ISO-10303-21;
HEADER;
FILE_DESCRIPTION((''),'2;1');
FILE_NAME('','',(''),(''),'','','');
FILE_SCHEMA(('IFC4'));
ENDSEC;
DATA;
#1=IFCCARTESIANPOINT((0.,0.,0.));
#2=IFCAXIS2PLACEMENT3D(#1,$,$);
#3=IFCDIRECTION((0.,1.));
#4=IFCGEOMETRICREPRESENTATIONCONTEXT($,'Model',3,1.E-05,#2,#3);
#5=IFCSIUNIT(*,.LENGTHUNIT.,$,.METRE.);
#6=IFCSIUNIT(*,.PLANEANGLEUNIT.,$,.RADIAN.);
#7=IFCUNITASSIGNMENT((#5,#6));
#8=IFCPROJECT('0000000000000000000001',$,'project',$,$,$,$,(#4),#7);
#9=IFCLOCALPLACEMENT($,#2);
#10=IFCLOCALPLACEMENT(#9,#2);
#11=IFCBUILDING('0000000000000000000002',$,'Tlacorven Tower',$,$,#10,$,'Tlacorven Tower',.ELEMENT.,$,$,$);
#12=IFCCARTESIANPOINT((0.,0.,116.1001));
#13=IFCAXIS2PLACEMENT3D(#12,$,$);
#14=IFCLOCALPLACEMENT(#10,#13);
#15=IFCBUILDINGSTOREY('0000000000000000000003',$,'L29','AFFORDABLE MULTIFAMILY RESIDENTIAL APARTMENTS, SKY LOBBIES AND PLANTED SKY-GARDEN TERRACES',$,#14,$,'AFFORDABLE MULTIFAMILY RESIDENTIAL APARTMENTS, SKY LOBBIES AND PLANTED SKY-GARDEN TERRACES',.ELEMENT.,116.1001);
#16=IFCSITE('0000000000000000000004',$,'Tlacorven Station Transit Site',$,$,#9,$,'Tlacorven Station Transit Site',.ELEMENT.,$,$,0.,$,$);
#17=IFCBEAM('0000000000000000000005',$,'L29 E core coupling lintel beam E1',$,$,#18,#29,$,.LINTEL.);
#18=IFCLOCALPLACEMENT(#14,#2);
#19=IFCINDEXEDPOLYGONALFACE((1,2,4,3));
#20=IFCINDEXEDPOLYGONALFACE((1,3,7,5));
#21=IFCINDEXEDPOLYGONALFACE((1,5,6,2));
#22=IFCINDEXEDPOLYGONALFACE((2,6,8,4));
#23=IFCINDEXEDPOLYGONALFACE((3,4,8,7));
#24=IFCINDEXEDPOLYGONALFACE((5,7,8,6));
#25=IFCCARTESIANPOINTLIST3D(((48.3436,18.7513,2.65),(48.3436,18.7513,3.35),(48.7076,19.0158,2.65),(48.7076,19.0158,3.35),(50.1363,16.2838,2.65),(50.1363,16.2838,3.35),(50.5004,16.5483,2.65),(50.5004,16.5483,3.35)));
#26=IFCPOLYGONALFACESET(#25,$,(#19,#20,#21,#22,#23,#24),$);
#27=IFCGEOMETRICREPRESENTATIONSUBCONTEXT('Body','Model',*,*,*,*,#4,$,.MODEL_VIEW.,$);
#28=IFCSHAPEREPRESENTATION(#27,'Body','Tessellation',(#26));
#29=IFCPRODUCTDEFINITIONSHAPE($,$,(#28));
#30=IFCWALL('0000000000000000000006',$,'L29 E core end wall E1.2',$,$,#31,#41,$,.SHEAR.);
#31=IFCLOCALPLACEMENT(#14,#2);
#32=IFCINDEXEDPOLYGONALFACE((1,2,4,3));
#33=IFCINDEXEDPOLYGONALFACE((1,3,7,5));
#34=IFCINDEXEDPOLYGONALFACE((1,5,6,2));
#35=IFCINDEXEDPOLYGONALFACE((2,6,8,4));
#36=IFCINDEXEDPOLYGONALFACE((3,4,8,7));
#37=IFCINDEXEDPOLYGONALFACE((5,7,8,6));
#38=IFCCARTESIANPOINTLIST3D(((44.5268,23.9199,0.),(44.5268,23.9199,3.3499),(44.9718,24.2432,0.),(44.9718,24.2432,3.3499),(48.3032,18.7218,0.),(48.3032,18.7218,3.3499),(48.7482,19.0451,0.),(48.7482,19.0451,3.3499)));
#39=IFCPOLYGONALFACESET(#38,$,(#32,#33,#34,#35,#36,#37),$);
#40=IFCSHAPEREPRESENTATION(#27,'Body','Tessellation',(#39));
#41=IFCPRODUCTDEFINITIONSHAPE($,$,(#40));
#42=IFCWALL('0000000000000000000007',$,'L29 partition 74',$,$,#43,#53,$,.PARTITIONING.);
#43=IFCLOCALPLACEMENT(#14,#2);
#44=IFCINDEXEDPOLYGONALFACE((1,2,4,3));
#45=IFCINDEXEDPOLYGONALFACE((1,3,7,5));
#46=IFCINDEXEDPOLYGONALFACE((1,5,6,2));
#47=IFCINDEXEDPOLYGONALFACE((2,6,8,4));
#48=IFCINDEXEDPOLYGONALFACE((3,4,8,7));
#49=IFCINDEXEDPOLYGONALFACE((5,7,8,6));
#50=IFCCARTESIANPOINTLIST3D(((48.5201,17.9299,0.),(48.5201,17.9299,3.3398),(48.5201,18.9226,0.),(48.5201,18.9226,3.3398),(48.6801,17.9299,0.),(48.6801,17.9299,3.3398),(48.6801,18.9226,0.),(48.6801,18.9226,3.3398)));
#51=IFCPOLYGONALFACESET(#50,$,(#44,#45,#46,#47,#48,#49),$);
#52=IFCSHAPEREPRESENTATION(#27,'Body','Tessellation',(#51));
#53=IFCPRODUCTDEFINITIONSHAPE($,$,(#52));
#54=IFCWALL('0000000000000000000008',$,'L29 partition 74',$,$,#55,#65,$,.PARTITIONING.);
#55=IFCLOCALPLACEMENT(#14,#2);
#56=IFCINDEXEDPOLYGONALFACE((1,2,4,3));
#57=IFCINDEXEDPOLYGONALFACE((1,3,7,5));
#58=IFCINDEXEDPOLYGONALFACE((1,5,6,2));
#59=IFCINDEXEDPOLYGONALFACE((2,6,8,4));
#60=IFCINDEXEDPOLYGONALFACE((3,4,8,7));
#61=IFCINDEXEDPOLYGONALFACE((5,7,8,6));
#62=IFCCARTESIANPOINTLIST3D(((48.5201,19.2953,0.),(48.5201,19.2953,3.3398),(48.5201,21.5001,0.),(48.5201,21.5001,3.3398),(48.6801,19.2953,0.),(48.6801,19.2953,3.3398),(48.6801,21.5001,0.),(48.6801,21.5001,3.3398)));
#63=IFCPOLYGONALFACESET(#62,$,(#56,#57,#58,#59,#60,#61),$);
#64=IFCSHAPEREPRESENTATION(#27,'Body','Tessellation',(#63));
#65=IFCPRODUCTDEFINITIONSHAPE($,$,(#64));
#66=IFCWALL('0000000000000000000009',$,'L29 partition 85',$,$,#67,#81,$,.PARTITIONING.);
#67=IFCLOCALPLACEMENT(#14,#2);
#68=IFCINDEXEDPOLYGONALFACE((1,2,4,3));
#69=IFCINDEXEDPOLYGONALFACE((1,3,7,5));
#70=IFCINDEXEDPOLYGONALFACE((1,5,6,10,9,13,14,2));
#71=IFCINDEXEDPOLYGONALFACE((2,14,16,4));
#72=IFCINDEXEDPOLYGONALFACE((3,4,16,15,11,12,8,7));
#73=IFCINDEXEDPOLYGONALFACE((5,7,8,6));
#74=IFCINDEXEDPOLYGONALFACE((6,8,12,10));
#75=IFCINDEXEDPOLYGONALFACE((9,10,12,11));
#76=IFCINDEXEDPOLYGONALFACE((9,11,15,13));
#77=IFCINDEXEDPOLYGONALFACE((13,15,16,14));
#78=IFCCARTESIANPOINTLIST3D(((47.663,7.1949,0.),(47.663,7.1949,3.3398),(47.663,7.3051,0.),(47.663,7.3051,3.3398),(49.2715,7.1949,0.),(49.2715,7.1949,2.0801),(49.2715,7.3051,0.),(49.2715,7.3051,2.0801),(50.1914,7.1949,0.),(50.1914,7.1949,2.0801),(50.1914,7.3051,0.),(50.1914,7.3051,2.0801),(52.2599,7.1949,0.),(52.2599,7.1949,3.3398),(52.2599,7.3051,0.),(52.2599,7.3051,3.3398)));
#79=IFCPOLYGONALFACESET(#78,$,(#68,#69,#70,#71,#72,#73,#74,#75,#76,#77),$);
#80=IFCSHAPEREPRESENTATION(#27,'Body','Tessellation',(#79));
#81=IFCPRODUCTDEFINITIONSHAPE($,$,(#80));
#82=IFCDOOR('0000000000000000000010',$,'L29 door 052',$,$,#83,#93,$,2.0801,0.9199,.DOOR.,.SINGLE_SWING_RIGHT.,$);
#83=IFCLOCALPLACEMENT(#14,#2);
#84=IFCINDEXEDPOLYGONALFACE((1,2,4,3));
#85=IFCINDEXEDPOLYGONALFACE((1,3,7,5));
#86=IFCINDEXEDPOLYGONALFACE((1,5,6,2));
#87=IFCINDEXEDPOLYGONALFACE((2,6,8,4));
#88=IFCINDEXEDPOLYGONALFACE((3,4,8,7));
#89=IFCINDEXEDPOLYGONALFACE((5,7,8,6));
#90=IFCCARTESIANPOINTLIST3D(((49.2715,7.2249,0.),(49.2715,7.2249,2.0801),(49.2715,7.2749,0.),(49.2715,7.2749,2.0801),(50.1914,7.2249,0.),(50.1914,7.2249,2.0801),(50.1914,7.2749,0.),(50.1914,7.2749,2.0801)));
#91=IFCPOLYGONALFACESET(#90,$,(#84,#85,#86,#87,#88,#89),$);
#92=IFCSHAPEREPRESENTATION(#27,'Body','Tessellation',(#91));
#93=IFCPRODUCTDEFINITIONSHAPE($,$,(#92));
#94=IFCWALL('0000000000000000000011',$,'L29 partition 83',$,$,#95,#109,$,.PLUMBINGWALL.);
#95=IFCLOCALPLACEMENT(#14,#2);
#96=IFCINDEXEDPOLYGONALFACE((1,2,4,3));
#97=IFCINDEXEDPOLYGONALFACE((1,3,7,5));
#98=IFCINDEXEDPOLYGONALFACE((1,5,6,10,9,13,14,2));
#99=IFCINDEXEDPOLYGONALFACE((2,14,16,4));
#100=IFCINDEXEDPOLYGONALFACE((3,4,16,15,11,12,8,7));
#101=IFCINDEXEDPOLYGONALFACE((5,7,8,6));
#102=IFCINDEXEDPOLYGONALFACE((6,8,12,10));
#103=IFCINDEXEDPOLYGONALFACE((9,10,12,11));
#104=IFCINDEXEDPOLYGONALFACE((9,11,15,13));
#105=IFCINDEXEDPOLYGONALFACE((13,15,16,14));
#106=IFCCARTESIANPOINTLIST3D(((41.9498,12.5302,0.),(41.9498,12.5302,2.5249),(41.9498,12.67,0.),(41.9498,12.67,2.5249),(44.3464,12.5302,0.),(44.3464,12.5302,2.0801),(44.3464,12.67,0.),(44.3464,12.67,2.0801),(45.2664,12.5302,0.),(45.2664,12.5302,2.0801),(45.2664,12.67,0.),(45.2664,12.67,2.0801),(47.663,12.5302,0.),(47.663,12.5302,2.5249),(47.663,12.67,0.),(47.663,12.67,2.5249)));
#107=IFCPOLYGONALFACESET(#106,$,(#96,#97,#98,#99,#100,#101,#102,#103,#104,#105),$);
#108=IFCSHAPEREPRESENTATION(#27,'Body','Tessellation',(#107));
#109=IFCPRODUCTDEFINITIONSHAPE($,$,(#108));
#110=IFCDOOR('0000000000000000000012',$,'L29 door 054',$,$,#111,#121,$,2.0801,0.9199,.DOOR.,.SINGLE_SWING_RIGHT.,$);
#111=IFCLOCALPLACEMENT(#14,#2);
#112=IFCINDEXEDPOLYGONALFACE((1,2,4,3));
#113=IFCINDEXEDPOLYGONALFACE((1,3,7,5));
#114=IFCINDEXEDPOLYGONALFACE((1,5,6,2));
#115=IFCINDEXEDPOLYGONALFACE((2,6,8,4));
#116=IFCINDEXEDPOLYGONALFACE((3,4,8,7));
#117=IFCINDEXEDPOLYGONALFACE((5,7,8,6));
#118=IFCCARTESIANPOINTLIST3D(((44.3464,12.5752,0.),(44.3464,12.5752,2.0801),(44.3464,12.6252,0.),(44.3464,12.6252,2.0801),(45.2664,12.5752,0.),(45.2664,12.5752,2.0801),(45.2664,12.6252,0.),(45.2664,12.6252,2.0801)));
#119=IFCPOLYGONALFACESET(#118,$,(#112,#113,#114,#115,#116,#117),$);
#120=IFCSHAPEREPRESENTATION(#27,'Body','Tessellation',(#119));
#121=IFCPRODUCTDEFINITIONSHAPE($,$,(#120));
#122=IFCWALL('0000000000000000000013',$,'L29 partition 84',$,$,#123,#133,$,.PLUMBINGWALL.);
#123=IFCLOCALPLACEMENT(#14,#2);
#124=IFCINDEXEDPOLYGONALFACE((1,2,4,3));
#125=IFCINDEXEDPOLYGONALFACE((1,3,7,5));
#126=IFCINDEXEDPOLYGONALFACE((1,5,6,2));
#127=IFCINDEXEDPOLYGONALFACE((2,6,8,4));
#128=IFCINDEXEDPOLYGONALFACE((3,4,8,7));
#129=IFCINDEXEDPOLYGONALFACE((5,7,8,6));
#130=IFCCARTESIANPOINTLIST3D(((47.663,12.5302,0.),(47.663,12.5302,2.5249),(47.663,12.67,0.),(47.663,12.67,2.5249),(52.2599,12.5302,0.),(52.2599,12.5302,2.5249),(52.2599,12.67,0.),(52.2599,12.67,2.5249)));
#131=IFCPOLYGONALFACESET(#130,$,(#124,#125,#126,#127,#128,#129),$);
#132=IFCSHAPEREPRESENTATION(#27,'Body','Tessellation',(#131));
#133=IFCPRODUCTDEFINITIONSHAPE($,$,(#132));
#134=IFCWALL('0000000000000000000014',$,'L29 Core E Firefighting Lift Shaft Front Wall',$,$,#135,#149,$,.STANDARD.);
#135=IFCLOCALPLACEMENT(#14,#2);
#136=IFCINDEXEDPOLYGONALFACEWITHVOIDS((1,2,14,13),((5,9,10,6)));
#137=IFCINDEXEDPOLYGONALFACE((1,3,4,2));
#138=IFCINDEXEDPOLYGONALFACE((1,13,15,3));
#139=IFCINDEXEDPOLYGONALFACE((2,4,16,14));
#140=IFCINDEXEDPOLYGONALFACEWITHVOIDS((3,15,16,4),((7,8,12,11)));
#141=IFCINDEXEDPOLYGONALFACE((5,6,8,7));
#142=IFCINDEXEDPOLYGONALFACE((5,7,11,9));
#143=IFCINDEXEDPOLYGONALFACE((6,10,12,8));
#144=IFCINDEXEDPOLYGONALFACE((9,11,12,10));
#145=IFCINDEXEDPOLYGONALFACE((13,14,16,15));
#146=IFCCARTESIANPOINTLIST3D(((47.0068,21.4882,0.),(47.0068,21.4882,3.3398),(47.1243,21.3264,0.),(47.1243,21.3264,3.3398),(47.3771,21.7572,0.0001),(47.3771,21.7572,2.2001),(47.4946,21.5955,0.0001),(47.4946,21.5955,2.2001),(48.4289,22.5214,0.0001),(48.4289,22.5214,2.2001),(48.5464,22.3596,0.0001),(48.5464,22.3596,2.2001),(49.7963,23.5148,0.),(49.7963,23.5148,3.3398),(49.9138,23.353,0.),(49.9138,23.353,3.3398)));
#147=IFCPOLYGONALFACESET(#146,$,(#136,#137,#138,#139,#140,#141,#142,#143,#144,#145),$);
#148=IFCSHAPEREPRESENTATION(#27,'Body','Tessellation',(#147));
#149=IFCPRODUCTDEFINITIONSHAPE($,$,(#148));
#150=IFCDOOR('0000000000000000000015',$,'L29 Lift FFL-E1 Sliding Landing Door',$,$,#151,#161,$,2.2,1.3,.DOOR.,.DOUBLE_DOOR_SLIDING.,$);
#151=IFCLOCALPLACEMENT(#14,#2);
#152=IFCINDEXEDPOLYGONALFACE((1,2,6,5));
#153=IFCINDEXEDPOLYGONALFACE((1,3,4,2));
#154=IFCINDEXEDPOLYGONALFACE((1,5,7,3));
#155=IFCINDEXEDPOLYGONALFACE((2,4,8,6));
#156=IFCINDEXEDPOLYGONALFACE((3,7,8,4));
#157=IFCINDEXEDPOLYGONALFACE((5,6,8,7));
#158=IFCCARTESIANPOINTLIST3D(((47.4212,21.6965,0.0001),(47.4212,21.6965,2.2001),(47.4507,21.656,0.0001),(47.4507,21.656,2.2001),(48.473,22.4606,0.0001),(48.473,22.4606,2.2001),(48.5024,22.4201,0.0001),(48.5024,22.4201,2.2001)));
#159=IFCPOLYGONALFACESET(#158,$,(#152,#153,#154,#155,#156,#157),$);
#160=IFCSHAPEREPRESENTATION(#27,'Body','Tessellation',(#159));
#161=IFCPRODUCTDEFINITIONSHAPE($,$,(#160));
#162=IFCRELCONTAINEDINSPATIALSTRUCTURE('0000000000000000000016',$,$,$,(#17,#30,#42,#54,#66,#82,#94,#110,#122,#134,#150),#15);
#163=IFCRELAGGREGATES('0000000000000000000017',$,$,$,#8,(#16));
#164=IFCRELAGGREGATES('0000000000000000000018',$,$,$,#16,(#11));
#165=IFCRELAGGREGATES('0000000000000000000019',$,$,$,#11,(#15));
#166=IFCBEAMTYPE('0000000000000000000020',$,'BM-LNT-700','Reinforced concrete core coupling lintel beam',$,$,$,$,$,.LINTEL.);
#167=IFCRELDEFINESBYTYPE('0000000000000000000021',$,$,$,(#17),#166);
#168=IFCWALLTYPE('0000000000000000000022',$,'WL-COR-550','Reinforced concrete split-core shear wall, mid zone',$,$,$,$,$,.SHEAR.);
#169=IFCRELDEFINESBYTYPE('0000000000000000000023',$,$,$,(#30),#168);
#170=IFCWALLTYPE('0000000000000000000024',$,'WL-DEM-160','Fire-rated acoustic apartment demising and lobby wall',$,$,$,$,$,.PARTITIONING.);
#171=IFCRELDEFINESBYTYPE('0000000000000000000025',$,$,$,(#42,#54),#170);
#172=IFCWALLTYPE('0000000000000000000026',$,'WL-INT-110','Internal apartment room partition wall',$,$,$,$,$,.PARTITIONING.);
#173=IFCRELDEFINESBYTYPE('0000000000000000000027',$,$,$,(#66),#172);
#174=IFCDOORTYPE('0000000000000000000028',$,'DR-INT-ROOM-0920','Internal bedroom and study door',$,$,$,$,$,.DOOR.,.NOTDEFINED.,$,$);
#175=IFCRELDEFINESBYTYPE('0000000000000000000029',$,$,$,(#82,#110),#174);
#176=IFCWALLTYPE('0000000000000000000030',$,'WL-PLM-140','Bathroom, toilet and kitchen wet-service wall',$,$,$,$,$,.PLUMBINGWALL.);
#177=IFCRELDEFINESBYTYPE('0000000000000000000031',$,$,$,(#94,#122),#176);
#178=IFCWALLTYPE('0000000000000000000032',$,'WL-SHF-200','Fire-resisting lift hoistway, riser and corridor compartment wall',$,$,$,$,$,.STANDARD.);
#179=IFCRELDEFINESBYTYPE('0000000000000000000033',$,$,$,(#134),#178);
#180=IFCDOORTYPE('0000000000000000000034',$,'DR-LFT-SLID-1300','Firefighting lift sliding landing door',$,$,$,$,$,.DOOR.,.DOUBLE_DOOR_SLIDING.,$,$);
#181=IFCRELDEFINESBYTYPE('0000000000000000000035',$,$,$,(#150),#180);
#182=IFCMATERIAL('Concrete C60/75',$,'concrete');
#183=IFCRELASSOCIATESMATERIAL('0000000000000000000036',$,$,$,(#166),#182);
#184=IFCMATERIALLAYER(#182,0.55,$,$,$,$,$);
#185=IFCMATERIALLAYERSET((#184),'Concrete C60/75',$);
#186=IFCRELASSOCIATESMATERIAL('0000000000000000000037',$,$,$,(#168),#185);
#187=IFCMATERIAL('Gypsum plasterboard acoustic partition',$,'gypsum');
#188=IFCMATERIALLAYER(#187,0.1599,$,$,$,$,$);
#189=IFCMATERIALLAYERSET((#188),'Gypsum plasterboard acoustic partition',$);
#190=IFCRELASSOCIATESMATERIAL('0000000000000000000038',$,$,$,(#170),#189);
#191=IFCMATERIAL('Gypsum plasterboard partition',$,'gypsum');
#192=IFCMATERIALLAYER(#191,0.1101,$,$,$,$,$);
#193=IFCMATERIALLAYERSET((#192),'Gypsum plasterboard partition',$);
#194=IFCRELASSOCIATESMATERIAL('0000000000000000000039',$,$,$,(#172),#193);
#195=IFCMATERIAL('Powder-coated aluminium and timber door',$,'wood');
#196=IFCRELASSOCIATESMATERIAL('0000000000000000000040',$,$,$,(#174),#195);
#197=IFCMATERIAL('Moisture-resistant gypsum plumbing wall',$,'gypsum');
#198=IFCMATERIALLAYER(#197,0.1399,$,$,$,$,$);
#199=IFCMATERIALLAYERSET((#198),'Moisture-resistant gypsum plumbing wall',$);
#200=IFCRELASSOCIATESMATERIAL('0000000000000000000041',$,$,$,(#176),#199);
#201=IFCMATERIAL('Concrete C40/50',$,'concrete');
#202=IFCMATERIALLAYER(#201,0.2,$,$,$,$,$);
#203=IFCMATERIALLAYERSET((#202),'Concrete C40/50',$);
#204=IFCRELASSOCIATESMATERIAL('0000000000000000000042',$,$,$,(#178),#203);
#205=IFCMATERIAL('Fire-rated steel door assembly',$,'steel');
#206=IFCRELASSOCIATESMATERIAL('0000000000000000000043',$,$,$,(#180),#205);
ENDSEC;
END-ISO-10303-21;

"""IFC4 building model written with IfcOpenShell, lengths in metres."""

from ifc_helpers import new_model, si_unit, direction, frame, frame_2d, origin, origin_2d, place, context, subcontext, project, spatial, rectangle, extrude, source, transform, mapped, material, layer, layer_set, material_profile, profile_set, type_object, element, fill, save


model = new_model("IFC4")

# Units and contexts
model_context = context("Model", 3, precision=1e-05, world=origin(), true_north=direction((0.0, 1.0)))
body_context = subcontext(model_context, "Body", "Model", "MODEL_VIEW")
ifc_project = project(units=[si_unit("LENGTHUNIT", "METRE"), si_unit("PLANEANGLEUNIT", "RADIAN")], contexts=[model_context])

# Site, building, storey
site_placement = place(None, origin())
site = spatial("IfcSite", under=ifc_project, at=site_placement, Name="Tlacorven Station Transit Site", LongName="Tlacorven Station Transit Site", CompositionType="ELEMENT", RefElevation=0.0)
building_placement = place(site_placement, origin())
building = spatial("IfcBuilding", under=site, at=building_placement, Name="Tlacorven Tower", LongName="Tlacorven Tower", CompositionType="ELEMENT")
storey_placement = place(building_placement, frame((0.0, 0.0, 116.1001)))
storey = spatial("IfcBuildingStorey", under=building, at=storey_placement, Name="L29", Description="AFFORDABLE MULTIFAMILY RESIDENTIAL APARTMENTS, SKY LOBBIES AND PLANTED SKY-GARDEN TERRACES", LongName="AFFORDABLE MULTIFAMILY RESIDENTIAL APARTMENTS, SKY LOBBIES AND PLANTED SKY-GARDEN TERRACES", CompositionType="ELEMENT", Elevation=116.1001)

# Beam
ifc_material_1 = material(Name="Concrete C60/75", Category="concrete")
ifc_material_profile = material_profile(ifc_material_1, rectangle(XDim=0.45, YDim=0.7, at=origin_2d()), Name="RC 450X700")
ifc_profile_set = profile_set([ifc_material_profile], Name="Concrete C60/75")
beam_type = type_object("IfcBeamType", Name="BM-LNT-700", Description="Reinforced concrete core coupling lintel beam", PredefinedType="LINTEL", material=ifc_profile_set)
shared_shape_1 = source(origin(), body_context, "Body", "SweptSolid", [
    extrude(rectangle(XDim=0.45, YDim=0.7, at=origin_2d()), origin(), (0.0, 0.0, 1.0), 3.05),
])
beam_placement = place(storey_placement, frame((50.3184, 16.416, 3.0), z_axis=(-0.587777, 0.809023, 0.0), x_axis=(-0.809023, -0.587777, 0.0)))
element("IfcBeam", 1, at=beam_placement, inside=storey, type_object=beam_type, Name="L29 E core coupling lintel beam E1", PredefinedType="LINTEL", context=body_context, shape_type="MappedRepresentation", body=[
    mapped(shared_shape_1, transform((0.0, 0.0, 0.0), scale=1.0)),
])

# Walls
ifc_layer_1 = layer(ifc_material_1, 0.55)
ifc_layer_set_1 = layer_set([ifc_layer_1], Name="Concrete C60/75")
wall_type_1 = type_object("IfcWallType", Name="WL-COR-550", Description="Reinforced concrete split-core shear wall, mid zone", PredefinedType="SHEAR", material=ifc_layer_set_1)
wall_1_placement = place(storey_placement, frame((48.5256, 18.8835, 0.0), z_axis=(0.0, 0.0, 1.0), x_axis=(-0.587765, 0.809032, 0.0)))
element("IfcWall", 2, at=wall_1_placement, inside=storey, type_object=wall_type_1, Name="L29 E core end wall E1.2", PredefinedType="SHEAR", context=body_context, shape_type="SweptSolid", body=[
    extrude(rectangle(XDim=6.425, YDim=0.55, at=frame_2d((3.2124, 0.0))), origin(), (0.0, 0.0, 1.0), 3.3499),
])
ifc_material_2 = material(Name="Gypsum plasterboard acoustic partition", Category="gypsum")
ifc_layer_2 = layer(ifc_material_2, 0.1599)
ifc_layer_set_2 = layer_set([ifc_layer_2], Name="Gypsum plasterboard acoustic partition")
wall_type_2 = type_object("IfcWallType", Name="WL-DEM-160", Description="Fire-rated acoustic apartment demising and lobby wall", PredefinedType="PARTITIONING", material=ifc_layer_set_2)
wall_2_placement = place(storey_placement, frame((48.6001, 17.9299, 0.0), z_axis=(0.0, 0.0, 1.0), x_axis=(0.0, 1.0, 0.0)))
element("IfcWall", 3, at=wall_2_placement, inside=storey, type_object=wall_type_2, Name="L29 partition 74", PredefinedType="PARTITIONING", context=body_context, shape_type="SweptSolid", body=[
    extrude(rectangle(XDim=0.9927, YDim=0.1599, at=frame_2d((0.4963, 0.0))), origin(), (0.0, 0.0, 1.0), 3.3398),
])
wall_3_placement = place(storey_placement, frame((48.6001, 19.2952, 0.0), z_axis=(0.0, 0.0, 1.0), x_axis=(0.0, 1.0, 0.0)))
element("IfcWall", 4, at=wall_3_placement, inside=storey, type_object=wall_type_2, Name="L29 partition 74", PredefinedType="PARTITIONING", context=body_context, shape_type="SweptSolid", body=[
    extrude(rectangle(XDim=2.2048, YDim=0.1599, at=frame_2d((1.1025, 0.0))), origin(), (0.0, 0.0, 1.0), 3.3398),
])

# Walls, openings, doors
ifc_material_3 = material(Name="Gypsum plasterboard partition", Category="gypsum")
ifc_layer_3 = layer(ifc_material_3, 0.1101)
ifc_layer_set_3 = layer_set([ifc_layer_3], Name="Gypsum plasterboard partition")
wall_type_3 = type_object("IfcWallType", Name="WL-INT-110", Description="Internal apartment room partition wall", PredefinedType="PARTITIONING", material=ifc_layer_set_3)
wall_4_placement = place(storey_placement, frame((47.6631, 7.25, 0.0), z_axis=(0.0, 0.0, 1.0), x_axis=(1.0, 0.0, 0.0)))
wall_4 = element("IfcWall", 5, at=wall_4_placement, inside=storey, type_object=wall_type_3, Name="L29 partition 85", PredefinedType="PARTITIONING", context=body_context, shape_type="SweptSolid", body=[
    extrude(rectangle(XDim=4.5969, YDim=0.1101, at=frame_2d((2.2983, 0.0))), origin(), (0.0, 0.0, 1.0), 3.3398),
])
opening_1_placement = place(wall_4_placement, frame((1.6084, 0.0, 0.0)))
opening_1 = element("IfcOpeningElement", 6, at=opening_1_placement, cuts=wall_4, PredefinedType="OPENING", context=body_context, shape_type="SweptSolid", body=[
    extrude(rectangle(XDim=0.9199, YDim=2.0801, at=frame_2d((0.46, 1.04))), frame((0.0, 0.0649, 0.0), z_axis=(0.0, -1.0, 0.0), x_axis=(1.0, 0.0, 0.0)), (0.0, 0.0, 1.0), 0.1301),
])
ifc_material_4 = material(Name="Powder-coated aluminium and timber door", Category="wood")
door_type_1 = type_object("IfcDoorType", Name="DR-INT-ROOM-0920", Description="Internal bedroom and study door", OperationType="NOTDEFINED", PredefinedType="DOOR", material=ifc_material_4)
shared_shape_2 = source(origin(), body_context, "Body", "SweptSolid", [
    extrude(rectangle(XDim=0.9199, YDim=2.0801, at=frame_2d((0.46, 1.04))), frame((0.0, 0.0249, 0.0), z_axis=(0.0, -1.0, 0.0), x_axis=(1.0, 0.0, 0.0)), (0.0, 0.0, 1.0), 0.05),
])
door_1_placement = place(opening_1_placement, origin())
door_1 = element("IfcDoor", 7, at=door_1_placement, inside=storey, type_object=door_type_1, Name="L29 door 052", OperationType="SINGLE_SWING_RIGHT", OverallHeight=2.0801, OverallWidth=0.9199, PredefinedType="DOOR", context=body_context, shape_type="MappedRepresentation", body=[
    mapped(shared_shape_2, transform((0.0, 0.0, 0.0), scale=1.0)),
])
fill(opening_1, door_1)
ifc_material_5 = material(Name="Moisture-resistant gypsum plumbing wall", Category="gypsum")
ifc_layer_4 = layer(ifc_material_5, 0.1399)
ifc_layer_set_4 = layer_set([ifc_layer_4], Name="Moisture-resistant gypsum plumbing wall")
wall_type_4 = type_object("IfcWallType", Name="WL-PLM-140", Description="Bathroom, toilet and kitchen wet-service wall", PredefinedType="PLUMBINGWALL", material=ifc_layer_set_4)
wall_5_placement = place(storey_placement, frame((41.95, 12.6001, 0.0), z_axis=(0.0, 0.0, 1.0), x_axis=(1.0, 0.0, 0.0)))
wall_5 = element("IfcWall", 8, at=wall_5_placement, inside=storey, type_object=wall_type_4, Name="L29 partition 83", PredefinedType="PLUMBINGWALL", context=body_context, shape_type="SweptSolid", body=[
    extrude(rectangle(XDim=5.7131, YDim=0.1399, at=frame_2d((2.8564, 0.0))), origin(), (0.0, 0.0, 1.0), 2.5249),
])
opening_2_placement = place(wall_5_placement, frame((2.3965, 0.0, 0.0)))
opening_2 = element("IfcOpeningElement", 9, at=opening_2_placement, cuts=wall_5, PredefinedType="OPENING", context=body_context, shape_type="SweptSolid", body=[
    extrude(rectangle(XDim=0.9199, YDim=2.0801, at=frame_2d((0.46, 1.04))), frame((0.0, 0.0801, 0.0), z_axis=(0.0, -1.0, 0.0), x_axis=(1.0, 0.0, 0.0)), (0.0, 0.0, 1.0), 0.1599),
])
door_2_placement = place(opening_2_placement, frame((0.9199, 0.0, 0.0), z_axis=(0.0, 0.0, 1.0), x_axis=(-1.0, 0.0, 0.0)))
door_2 = element("IfcDoor", 10, at=door_2_placement, inside=storey, type_object=door_type_1, Name="L29 door 054", OperationType="SINGLE_SWING_RIGHT", OverallHeight=2.0801, OverallWidth=0.9199, PredefinedType="DOOR", context=body_context, shape_type="MappedRepresentation", body=[
    mapped(shared_shape_2, transform((0.0, 0.0, 0.0), scale=1.0)),
])
fill(opening_2, door_2)

# Wall
wall_6_placement = place(storey_placement, frame((47.6631, 12.6001, 0.0), z_axis=(0.0, 0.0, 1.0), x_axis=(1.0, 0.0, 0.0)))
element("IfcWall", 11, at=wall_6_placement, inside=storey, type_object=wall_type_4, Name="L29 partition 84", PredefinedType="PLUMBINGWALL", context=body_context, shape_type="SweptSolid", body=[
    extrude(rectangle(XDim=4.5969, YDim=0.1399, at=frame_2d((2.2983, 0.0))), origin(), (0.0, 0.0, 1.0), 2.5249),
])

# Wall, opening, door
ifc_material_6 = material(Name="Concrete C40/50", Category="concrete")
ifc_layer_5 = layer(ifc_material_6, 0.2)
ifc_layer_set_5 = layer_set([ifc_layer_5], Name="Concrete C40/50")
wall_type_5 = type_object("IfcWallType", Name="WL-SHF-200", Description="Fire-resisting lift hoistway, riser and corridor compartment wall", PredefinedType="STANDARD", material=ifc_layer_set_5)
wall_7_placement = place(storey_placement, frame((47.0654, 21.4072, 0.0), z_axis=(0.0, 0.0, 1.0), x_axis=(0.809033, 0.587763, 0.0)))
wall_7 = element("IfcWall", 12, at=wall_7_placement, inside=storey, type_object=wall_type_5, Name="L29 Core E Firefighting Lift Shaft Front Wall", PredefinedType="STANDARD", context=body_context, shape_type="SweptSolid", body=[
    extrude(rectangle(XDim=3.448, YDim=0.2, at=frame_2d((1.7241, 0.0))), origin(), (0.0, 0.0, 1.0), 3.3398),
])
opening_3_placement = place(wall_7_placement, frame((0.458, 0.0, 0.0)))
opening_3 = element("IfcOpeningElement", 13, at=opening_3_placement, cuts=wall_7, PredefinedType="OPENING", context=body_context, shape_type="SweptSolid", body=[
    extrude(rectangle(XDim=1.3, YDim=2.2, at=frame_2d((0.6499, 1.1001))), frame((0.0, 0.1099, 0.0), z_axis=(0.0, -1.0, 0.0), x_axis=(1.0, 0.0, 0.0)), (0.0, 0.0, 1.0), 0.22),
])
ifc_material_7 = material(Name="Fire-rated steel door assembly", Category="steel")
door_type_2 = type_object("IfcDoorType", Name="DR-LFT-SLID-1300", Description="Firefighting lift sliding landing door", OperationType="DOUBLE_DOOR_SLIDING", PredefinedType="DOOR", material=ifc_material_7)
shared_shape_3 = source(origin(), body_context, "Body", "SweptSolid", [
    extrude(rectangle(XDim=1.3, YDim=2.2, at=frame_2d((0.6499, 1.1001))), frame((0.0, 0.0249, 0.0), z_axis=(0.0, -1.0, 0.0), x_axis=(1.0, 0.0, 0.0)), (0.0, 0.0, 1.0), 0.05),
])
door_3_placement = place(opening_3_placement, origin())
door_3 = element("IfcDoor", 14, at=door_3_placement, inside=storey, type_object=door_type_2, Name="L29 Lift FFL-E1 Sliding Landing Door", OperationType="DOUBLE_DOOR_SLIDING", OverallHeight=2.2, OverallWidth=1.3, PredefinedType="DOOR", context=body_context, shape_type="MappedRepresentation", body=[
    mapped(shared_shape_3, transform((0.0, 0.0, 0.0), scale=1.0)),
])
fill(opening_3, door_3)

save(model, "model.ifc")
